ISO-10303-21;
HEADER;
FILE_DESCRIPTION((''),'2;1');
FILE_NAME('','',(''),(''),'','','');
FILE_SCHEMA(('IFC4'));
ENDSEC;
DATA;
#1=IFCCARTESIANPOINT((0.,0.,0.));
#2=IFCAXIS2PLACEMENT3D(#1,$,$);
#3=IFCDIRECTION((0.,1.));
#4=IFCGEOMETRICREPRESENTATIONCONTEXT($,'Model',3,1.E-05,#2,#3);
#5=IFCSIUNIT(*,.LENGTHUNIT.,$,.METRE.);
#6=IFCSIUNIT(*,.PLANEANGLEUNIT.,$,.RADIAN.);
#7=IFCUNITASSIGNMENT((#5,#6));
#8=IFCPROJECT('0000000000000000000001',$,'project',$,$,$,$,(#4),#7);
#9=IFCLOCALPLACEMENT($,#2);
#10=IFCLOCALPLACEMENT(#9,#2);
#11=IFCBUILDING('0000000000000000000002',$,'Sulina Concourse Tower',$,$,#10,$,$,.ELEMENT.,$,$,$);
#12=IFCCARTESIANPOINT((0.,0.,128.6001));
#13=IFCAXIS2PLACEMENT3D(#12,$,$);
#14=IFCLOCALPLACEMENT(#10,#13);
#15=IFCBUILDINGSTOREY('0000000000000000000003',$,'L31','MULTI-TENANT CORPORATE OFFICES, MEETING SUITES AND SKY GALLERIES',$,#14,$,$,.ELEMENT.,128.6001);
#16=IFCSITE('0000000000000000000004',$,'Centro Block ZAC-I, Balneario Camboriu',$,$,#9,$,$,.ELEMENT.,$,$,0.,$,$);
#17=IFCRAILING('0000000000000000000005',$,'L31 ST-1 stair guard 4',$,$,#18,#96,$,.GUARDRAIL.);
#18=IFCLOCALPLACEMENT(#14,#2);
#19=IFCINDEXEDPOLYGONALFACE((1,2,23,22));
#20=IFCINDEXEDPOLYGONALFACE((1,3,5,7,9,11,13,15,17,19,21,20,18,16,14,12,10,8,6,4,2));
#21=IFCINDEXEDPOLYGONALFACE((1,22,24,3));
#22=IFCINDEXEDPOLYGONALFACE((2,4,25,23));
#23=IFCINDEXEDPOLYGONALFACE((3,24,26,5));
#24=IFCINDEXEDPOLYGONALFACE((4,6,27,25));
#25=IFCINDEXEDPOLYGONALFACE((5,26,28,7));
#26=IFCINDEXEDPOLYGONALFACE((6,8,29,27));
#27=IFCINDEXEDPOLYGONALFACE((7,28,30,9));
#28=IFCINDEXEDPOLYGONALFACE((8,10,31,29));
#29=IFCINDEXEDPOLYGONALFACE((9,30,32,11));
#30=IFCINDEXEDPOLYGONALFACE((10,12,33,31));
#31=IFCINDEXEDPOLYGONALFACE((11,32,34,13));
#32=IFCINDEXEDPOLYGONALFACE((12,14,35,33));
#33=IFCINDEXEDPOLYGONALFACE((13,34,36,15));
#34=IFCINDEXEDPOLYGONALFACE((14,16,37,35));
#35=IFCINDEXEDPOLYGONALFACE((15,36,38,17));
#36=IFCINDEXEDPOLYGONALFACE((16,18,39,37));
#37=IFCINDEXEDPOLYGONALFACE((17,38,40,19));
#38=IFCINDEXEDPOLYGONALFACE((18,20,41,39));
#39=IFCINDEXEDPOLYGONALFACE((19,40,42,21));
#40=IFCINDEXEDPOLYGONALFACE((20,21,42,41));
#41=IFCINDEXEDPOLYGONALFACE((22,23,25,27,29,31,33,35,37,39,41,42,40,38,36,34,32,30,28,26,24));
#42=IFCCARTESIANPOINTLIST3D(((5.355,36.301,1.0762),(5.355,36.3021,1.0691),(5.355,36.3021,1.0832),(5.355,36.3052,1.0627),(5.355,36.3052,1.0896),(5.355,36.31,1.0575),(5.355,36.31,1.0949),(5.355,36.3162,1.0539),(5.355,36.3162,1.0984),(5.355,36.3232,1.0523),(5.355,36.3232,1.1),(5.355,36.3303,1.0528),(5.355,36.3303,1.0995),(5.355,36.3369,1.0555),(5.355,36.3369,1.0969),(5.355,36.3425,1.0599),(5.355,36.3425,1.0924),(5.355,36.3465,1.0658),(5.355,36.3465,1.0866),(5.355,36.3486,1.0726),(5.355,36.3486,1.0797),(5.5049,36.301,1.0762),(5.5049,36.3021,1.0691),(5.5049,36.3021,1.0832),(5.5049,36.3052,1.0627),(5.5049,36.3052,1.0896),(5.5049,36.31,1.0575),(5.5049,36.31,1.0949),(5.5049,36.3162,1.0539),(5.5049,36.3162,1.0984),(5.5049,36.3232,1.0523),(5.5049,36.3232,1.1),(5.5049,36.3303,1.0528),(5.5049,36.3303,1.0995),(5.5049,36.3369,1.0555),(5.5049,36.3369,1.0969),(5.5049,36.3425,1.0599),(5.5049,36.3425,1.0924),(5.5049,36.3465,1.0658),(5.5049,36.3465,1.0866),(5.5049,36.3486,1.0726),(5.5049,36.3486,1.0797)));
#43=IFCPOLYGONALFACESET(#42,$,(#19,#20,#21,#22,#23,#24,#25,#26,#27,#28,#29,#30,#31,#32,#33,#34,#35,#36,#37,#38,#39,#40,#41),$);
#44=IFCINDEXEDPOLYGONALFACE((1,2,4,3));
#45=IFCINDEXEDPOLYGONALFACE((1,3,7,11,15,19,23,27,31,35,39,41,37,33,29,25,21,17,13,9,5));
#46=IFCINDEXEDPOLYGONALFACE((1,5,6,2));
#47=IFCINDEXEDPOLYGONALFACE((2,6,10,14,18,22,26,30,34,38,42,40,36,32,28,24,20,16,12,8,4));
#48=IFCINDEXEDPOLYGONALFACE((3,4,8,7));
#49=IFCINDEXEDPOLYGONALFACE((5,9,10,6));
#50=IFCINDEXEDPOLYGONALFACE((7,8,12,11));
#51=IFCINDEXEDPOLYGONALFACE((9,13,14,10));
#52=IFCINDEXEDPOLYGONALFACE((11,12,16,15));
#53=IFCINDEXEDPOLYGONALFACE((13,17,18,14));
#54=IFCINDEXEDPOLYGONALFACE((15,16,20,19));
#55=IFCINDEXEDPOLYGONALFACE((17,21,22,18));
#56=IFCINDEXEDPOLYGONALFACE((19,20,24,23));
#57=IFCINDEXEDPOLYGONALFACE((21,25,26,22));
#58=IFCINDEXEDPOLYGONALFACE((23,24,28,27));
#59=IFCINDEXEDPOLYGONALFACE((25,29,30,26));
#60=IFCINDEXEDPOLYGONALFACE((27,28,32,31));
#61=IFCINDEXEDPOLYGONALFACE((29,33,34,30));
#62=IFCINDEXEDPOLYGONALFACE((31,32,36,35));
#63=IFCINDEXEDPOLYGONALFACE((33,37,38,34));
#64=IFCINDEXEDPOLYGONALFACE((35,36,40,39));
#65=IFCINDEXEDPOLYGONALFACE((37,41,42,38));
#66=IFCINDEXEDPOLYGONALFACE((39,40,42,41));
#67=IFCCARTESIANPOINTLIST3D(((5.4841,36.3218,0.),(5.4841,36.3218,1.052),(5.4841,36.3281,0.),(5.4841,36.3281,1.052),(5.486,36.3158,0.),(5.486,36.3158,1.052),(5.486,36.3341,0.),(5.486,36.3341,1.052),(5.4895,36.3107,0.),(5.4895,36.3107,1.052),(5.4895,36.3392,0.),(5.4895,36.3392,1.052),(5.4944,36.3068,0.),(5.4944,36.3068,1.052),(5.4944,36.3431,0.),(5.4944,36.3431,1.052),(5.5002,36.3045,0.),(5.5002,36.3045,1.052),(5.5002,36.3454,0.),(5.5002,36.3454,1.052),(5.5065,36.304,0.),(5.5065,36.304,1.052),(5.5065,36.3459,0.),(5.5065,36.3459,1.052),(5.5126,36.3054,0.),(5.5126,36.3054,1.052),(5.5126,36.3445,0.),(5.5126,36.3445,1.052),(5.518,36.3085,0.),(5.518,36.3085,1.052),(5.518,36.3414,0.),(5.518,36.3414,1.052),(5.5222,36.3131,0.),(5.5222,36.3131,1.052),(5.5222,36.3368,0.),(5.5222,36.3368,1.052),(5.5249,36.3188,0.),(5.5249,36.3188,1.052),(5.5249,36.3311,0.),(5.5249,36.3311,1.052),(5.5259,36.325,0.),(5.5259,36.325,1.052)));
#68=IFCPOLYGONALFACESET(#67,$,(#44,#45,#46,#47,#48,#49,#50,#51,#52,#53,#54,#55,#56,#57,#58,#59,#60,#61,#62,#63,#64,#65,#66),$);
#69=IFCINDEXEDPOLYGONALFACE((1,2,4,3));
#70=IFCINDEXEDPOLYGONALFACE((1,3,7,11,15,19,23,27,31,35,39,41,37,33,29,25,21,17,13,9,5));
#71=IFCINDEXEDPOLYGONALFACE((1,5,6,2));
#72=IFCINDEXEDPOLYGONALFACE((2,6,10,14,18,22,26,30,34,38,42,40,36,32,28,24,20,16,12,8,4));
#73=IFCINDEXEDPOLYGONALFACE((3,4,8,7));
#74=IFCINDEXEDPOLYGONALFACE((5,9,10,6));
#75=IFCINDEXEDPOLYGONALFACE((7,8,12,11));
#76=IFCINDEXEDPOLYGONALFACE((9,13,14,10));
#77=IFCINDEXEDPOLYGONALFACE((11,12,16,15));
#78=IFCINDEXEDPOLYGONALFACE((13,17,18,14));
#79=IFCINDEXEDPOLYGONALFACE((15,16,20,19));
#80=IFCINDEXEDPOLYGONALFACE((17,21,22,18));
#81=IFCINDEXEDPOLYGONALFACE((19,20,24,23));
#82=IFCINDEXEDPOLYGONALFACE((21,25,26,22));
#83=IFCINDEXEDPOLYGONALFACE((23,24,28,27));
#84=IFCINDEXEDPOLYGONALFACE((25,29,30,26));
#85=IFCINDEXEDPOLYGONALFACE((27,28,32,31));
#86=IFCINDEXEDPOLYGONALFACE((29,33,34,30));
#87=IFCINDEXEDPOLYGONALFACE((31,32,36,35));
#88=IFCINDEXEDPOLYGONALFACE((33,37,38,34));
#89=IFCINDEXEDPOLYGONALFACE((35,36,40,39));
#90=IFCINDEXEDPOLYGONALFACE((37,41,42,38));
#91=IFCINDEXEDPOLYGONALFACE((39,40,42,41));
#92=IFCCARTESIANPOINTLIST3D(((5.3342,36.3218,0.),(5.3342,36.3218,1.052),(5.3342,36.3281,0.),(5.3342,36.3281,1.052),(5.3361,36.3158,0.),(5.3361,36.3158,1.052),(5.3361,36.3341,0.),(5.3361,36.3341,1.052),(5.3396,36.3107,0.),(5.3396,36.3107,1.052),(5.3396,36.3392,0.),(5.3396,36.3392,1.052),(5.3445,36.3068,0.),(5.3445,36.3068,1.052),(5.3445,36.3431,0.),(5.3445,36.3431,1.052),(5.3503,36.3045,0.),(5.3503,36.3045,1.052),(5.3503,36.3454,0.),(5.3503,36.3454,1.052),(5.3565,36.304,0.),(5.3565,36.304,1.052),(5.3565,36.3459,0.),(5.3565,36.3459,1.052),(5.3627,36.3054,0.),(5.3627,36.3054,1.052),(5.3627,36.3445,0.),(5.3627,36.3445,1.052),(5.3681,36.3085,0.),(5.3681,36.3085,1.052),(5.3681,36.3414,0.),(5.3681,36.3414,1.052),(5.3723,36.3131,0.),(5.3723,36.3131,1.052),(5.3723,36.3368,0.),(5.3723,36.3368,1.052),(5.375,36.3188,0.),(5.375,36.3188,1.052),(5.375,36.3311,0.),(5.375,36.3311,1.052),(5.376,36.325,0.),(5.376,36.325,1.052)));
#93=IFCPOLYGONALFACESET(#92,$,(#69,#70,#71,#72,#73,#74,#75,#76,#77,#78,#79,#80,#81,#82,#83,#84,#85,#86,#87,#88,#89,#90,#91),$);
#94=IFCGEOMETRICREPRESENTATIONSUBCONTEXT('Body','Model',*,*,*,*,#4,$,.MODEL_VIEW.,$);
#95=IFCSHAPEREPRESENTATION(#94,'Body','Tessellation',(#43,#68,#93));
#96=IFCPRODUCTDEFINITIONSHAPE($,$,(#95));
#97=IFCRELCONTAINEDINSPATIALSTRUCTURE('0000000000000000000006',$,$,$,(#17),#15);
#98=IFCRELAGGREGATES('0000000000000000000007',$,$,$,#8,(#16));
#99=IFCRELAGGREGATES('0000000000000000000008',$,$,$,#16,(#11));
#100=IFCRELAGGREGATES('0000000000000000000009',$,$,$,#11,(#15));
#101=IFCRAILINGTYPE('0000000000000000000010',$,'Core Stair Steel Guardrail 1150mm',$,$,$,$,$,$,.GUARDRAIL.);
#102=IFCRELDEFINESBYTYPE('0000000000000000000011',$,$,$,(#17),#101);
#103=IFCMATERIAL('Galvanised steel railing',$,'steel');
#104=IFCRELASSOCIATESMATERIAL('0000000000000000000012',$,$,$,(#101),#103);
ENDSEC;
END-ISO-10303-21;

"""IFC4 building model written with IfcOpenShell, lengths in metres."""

from ifc_helpers import new_model, si_unit, direction, frame, origin, origin_2d, place, context, subcontext, project, spatial, circle, extrude, material, type_object, element, save


model = new_model("IFC4")

# Units and contexts
model_context = context("Model", 3, precision=1e-05, world=origin(), true_north=direction((0.0, 1.0)))
body_context = subcontext(model_context, "Body", "Model", "MODEL_VIEW")
ifc_project = project(units=[si_unit("LENGTHUNIT", "METRE"), si_unit("PLANEANGLEUNIT", "RADIAN")], contexts=[model_context])

# Site, building, storey
site_placement = place(None, origin())
site = spatial("IfcSite", under=ifc_project, at=site_placement, Name="Centro Block ZAC-I, Balneario Camboriu", CompositionType="ELEMENT", RefElevation=0.0)
building_placement = place(site_placement, origin())
building = spatial("IfcBuilding", under=site, at=building_placement, Name="Sulina Concourse Tower", CompositionType="ELEMENT")
storey_placement = place(building_placement, frame((0.0, 0.0, 128.6001)))
storey = spatial("IfcBuildingStorey", under=building, at=storey_placement, Name="L31", Description="MULTI-TENANT CORPORATE OFFICES, MEETING SUITES AND SKY GALLERIES", CompositionType="ELEMENT", Elevation=128.6001)

# Railing
ifc_material_1 = material(Name="Galvanised steel railing", Category="steel")
railing_type_1 = type_object("IfcRailingType", Name="Core Stair Steel Guardrail 1150mm", PredefinedType="GUARDRAIL", material=ifc_material_1)
railing_1_placement = place(storey_placement, frame((5.5049, 36.325, 0.0)))
element("IfcRailing", 1, at=railing_1_placement, inside=storey, type_object=railing_type_1, Name="L31 ST-1 stair guard 4", PredefinedType="GUARDRAIL", context=body_context, shape_type="SweptSolid", body=[
    extrude(circle(Radius=0.0239, at=origin_2d()), frame((0.0, 0.0, 1.0762), z_axis=(-1.0, 0.0, 0.0), x_axis=(0.0, -1.0, 0.0)), (0.0, 0.0, 1.0), 0.1499),
    extrude(circle(Radius=0.021, at=origin_2d()), origin(), (0.0, 0.0, 1.0), 1.052),
    extrude(circle(Radius=0.021, at=origin_2d()), frame((-0.1499, 0.0, 0.0)), (0.0, 0.0, 1.0), 1.052),
])

save(model, "model.ifc")
